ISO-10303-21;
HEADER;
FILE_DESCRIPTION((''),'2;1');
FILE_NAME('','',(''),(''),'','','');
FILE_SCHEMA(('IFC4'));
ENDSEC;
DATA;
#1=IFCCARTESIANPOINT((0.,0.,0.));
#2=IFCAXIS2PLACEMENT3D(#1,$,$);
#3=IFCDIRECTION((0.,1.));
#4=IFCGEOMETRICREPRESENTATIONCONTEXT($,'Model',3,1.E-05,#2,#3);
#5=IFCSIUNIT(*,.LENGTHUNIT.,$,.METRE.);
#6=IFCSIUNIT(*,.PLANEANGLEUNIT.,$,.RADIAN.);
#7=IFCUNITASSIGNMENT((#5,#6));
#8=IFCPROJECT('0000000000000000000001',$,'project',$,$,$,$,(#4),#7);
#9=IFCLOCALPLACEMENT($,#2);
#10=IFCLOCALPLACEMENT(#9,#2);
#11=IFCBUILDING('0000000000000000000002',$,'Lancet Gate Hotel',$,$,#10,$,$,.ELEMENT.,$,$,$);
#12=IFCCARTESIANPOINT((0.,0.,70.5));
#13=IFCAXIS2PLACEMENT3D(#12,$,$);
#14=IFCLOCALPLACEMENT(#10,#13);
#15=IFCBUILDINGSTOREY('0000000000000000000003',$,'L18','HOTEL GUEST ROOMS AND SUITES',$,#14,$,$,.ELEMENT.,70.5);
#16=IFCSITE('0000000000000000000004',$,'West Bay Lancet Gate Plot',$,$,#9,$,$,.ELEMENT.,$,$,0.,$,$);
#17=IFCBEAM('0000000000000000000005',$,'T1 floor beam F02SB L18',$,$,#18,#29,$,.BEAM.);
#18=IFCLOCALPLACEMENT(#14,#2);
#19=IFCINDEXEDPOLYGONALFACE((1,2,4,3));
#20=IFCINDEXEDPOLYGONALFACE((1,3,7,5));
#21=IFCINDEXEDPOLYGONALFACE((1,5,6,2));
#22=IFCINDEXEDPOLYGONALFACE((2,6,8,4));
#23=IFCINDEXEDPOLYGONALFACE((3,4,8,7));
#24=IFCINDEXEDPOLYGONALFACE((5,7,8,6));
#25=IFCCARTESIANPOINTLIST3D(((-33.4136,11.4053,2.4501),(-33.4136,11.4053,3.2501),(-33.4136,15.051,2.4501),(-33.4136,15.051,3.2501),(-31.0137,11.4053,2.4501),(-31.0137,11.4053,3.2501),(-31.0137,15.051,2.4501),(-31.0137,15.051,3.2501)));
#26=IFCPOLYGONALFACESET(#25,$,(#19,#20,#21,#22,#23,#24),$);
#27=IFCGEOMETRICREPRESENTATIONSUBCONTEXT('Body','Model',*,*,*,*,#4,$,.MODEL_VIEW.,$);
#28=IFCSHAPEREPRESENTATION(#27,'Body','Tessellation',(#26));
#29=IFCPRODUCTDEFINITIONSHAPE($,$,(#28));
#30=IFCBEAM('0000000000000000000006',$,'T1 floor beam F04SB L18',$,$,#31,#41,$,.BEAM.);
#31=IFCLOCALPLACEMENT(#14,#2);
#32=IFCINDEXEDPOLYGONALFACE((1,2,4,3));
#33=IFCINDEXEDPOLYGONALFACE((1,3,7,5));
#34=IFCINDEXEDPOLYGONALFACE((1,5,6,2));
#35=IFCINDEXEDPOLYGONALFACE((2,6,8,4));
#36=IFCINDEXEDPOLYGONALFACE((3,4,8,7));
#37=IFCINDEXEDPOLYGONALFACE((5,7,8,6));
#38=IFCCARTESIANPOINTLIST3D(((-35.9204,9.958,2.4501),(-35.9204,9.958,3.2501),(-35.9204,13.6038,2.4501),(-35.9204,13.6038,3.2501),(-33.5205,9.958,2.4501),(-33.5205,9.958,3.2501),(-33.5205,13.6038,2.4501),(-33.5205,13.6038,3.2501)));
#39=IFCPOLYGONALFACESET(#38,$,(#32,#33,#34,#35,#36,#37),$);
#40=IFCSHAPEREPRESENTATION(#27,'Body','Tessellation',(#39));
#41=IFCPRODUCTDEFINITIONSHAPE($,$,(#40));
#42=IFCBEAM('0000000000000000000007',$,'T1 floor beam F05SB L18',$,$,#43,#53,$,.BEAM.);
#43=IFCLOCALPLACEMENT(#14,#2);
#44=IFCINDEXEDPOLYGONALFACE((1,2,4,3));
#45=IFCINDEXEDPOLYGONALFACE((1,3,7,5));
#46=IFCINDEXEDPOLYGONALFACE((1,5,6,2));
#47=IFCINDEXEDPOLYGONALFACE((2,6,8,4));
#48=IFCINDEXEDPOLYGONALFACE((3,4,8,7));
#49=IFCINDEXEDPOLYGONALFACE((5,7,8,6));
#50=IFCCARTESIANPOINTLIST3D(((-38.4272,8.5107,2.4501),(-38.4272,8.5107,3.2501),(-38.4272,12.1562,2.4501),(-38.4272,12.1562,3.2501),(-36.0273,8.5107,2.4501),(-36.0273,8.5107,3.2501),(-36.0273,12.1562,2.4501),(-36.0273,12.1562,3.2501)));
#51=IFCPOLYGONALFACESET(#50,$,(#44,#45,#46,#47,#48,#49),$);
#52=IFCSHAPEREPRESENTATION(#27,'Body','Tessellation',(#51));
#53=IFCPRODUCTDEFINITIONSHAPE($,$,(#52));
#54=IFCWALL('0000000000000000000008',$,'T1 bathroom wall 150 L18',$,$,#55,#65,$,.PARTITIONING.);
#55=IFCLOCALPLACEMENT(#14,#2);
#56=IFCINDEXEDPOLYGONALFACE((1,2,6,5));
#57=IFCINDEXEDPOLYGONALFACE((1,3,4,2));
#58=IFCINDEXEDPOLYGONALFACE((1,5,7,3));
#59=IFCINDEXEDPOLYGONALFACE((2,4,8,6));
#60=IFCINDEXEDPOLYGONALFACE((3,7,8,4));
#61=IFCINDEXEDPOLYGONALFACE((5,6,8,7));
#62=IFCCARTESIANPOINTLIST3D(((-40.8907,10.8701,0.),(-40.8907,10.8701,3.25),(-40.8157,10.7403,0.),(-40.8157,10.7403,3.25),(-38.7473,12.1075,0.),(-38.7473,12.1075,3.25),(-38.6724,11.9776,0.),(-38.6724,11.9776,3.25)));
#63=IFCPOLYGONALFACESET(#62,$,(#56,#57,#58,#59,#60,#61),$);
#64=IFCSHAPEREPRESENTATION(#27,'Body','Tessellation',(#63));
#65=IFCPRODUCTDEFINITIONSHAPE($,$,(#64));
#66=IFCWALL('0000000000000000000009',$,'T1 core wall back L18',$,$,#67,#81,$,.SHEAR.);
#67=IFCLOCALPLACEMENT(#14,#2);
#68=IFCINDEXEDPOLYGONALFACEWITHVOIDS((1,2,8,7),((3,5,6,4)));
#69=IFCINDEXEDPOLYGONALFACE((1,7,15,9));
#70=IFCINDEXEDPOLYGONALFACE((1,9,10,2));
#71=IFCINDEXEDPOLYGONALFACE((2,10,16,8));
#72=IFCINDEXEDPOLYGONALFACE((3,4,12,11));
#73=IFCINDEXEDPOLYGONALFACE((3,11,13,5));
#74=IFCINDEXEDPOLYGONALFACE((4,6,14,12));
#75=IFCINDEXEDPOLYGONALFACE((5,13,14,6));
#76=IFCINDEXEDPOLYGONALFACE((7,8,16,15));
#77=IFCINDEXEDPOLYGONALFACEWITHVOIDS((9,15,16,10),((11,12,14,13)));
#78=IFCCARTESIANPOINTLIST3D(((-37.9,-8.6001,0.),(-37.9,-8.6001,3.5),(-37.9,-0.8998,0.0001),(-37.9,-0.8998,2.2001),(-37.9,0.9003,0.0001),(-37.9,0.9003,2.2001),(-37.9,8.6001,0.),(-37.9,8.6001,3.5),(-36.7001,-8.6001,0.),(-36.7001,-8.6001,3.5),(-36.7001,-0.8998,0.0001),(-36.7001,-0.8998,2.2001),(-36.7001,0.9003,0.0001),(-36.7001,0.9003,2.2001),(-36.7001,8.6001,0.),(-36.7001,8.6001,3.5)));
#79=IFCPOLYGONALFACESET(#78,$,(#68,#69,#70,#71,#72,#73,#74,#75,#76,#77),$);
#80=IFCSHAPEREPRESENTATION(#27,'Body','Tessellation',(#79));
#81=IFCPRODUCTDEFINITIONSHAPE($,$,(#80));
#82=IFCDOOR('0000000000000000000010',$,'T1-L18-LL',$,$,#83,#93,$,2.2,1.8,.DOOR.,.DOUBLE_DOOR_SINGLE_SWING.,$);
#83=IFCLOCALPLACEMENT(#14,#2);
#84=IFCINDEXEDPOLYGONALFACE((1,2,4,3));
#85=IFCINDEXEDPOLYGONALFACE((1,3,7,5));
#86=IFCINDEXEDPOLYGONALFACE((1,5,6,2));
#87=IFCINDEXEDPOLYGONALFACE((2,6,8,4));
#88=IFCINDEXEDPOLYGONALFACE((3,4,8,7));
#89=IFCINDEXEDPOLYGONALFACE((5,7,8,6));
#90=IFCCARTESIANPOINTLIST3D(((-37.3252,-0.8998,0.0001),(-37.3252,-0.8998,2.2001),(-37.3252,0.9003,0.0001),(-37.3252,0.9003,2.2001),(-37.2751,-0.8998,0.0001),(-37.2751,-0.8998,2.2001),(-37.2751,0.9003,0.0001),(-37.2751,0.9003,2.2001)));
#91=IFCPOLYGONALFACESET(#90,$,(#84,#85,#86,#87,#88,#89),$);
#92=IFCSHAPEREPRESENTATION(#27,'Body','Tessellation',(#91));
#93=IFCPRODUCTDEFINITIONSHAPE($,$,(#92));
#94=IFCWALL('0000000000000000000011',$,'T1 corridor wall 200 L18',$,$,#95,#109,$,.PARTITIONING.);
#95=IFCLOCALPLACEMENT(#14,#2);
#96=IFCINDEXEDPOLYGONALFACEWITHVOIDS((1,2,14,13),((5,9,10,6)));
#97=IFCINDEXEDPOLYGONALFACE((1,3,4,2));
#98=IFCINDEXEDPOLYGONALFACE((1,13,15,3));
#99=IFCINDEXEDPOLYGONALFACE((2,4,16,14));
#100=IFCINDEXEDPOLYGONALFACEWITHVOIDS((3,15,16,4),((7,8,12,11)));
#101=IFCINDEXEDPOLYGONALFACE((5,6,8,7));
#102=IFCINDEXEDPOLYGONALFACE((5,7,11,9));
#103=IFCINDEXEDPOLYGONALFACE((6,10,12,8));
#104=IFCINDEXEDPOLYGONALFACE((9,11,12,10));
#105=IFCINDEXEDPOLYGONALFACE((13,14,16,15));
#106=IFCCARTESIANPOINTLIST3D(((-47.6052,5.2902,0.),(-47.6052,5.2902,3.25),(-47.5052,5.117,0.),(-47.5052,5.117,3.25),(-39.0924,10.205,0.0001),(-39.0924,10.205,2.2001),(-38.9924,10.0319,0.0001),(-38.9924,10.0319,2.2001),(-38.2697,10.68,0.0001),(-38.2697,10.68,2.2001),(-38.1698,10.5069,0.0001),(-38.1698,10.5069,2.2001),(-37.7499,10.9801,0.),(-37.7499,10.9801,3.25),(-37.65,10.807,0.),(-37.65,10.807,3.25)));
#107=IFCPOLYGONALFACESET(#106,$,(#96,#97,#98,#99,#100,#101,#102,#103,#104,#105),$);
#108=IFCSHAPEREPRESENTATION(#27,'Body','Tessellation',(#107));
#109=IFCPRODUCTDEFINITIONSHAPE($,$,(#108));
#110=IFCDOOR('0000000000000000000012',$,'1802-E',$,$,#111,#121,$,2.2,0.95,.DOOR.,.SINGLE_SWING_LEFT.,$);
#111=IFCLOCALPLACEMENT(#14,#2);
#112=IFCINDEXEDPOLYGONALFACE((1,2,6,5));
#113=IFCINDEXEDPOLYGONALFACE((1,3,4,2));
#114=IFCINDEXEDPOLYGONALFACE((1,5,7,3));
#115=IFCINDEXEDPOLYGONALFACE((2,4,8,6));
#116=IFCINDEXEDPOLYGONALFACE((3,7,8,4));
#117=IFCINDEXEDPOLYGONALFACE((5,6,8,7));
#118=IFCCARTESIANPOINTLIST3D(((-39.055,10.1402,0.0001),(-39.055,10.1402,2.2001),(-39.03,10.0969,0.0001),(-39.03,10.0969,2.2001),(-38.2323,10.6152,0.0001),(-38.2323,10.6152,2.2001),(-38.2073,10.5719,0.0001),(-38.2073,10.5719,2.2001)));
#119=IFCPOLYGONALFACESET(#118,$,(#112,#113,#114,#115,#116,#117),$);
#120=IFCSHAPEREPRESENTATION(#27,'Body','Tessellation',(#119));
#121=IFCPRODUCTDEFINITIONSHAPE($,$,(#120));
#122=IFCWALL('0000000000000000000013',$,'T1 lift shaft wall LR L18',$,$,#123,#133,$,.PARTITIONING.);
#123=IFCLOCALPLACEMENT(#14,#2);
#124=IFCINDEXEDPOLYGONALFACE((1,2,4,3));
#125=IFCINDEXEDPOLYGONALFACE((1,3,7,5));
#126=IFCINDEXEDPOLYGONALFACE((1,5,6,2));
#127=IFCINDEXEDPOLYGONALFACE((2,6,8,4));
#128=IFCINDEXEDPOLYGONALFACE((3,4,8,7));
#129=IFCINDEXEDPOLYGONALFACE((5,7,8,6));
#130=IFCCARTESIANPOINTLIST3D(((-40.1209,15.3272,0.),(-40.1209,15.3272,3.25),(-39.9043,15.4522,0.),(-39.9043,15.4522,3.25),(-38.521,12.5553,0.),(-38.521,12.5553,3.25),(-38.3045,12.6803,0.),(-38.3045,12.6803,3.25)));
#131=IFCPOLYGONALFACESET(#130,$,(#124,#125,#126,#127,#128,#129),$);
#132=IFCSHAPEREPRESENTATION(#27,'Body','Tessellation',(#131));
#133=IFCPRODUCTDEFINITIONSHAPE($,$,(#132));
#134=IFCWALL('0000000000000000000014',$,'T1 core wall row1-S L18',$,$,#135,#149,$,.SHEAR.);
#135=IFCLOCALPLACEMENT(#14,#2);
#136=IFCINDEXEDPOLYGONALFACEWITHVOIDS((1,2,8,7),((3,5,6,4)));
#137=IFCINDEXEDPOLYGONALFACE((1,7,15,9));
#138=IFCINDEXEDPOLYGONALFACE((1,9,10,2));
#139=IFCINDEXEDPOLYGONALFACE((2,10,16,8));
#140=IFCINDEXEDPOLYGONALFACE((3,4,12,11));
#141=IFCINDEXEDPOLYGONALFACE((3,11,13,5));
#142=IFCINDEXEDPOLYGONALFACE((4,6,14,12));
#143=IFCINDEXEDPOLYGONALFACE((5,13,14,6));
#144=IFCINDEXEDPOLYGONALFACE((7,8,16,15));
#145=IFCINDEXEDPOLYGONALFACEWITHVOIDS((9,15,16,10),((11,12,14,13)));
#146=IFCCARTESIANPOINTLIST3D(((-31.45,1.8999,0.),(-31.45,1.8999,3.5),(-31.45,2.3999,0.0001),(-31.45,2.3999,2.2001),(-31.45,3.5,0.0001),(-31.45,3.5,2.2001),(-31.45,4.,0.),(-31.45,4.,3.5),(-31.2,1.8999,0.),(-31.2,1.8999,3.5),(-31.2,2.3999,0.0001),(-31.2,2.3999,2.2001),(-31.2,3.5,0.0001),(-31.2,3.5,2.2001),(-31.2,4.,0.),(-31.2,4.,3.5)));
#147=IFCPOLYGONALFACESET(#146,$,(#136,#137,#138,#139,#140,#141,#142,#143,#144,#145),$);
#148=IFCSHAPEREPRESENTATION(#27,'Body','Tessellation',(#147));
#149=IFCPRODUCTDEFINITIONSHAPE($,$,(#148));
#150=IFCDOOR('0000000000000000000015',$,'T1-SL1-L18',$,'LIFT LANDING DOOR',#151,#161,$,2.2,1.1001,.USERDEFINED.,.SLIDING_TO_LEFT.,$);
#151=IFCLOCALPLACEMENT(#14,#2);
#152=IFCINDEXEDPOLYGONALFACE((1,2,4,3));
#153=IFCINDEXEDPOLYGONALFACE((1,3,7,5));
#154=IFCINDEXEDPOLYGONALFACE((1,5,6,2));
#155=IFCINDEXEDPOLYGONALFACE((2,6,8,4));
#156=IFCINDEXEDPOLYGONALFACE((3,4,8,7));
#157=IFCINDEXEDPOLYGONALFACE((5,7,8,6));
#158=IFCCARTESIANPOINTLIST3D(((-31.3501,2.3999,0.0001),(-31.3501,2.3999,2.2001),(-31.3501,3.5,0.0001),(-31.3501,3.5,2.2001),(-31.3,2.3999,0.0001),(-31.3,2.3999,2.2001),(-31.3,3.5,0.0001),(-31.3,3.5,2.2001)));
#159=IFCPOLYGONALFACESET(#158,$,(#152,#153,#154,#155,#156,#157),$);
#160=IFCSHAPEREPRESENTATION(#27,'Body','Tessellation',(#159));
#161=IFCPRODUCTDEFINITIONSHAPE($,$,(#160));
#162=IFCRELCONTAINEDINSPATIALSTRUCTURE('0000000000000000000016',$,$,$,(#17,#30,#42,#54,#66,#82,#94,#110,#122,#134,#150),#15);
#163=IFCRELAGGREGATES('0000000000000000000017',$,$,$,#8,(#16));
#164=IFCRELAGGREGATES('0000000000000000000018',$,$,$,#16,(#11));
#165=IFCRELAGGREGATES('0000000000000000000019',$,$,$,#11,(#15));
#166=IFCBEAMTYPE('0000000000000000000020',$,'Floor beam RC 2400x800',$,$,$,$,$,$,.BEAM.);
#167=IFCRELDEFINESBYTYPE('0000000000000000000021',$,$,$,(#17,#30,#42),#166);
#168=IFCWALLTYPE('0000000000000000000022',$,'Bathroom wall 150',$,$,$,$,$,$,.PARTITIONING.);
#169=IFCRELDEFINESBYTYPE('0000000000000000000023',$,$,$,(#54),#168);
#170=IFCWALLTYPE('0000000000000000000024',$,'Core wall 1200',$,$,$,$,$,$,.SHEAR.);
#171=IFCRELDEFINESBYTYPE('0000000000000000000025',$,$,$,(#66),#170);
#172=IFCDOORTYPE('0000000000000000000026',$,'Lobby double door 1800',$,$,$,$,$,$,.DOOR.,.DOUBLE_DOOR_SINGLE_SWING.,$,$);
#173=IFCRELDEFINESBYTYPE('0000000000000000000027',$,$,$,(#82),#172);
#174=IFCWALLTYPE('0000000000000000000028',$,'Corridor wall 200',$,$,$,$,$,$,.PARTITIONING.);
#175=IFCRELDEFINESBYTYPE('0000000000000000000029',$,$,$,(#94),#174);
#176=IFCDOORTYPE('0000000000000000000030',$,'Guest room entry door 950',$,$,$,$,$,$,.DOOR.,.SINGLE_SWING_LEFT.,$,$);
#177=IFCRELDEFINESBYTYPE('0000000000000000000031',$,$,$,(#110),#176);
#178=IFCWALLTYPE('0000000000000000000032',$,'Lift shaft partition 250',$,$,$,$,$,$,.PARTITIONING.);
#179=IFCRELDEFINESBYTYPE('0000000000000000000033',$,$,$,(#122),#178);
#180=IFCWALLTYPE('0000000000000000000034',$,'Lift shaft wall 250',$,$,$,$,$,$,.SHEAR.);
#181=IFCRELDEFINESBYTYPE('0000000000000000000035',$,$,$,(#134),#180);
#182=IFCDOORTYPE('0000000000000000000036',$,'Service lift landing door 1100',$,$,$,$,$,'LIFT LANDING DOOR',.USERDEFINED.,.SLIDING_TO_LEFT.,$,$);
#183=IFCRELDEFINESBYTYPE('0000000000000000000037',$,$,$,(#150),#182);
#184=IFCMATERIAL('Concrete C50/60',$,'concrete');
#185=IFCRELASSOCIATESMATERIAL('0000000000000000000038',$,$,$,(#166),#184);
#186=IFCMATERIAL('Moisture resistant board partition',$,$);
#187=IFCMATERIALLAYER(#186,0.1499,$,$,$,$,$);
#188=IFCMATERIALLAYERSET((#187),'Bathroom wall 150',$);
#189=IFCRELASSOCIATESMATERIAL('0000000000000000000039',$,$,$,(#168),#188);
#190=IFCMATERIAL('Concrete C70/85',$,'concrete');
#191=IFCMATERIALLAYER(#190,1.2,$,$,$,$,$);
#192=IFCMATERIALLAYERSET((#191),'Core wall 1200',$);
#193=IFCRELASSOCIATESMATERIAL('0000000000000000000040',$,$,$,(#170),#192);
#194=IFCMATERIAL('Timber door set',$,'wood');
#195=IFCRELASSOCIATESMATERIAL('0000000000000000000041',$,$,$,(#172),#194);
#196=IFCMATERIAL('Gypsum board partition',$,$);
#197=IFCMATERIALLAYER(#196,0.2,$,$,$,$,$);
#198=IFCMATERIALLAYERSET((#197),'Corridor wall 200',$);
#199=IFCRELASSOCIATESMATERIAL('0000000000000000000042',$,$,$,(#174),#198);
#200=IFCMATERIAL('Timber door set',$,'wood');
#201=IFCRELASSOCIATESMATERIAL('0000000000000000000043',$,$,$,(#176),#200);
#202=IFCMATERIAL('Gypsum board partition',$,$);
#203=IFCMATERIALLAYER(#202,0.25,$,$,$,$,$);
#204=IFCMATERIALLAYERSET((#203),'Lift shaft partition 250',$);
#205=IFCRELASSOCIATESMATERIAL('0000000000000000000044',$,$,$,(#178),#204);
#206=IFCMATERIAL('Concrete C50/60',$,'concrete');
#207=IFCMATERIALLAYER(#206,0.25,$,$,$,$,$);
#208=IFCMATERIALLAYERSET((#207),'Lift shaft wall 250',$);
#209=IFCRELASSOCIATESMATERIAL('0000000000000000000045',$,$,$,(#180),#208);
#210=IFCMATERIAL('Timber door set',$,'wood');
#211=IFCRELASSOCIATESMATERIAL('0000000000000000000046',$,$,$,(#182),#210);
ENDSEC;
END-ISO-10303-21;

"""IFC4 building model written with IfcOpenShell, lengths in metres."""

from ifc_helpers import new_model, si_unit, direction, frame, frame_2d, origin, origin_2d, place, context, subcontext, project, spatial, rectangle, extrude, material, layer, layer_set, material_profile, profile_set, type_object, element, fill, save


model = new_model("IFC4")

# Units and contexts
model_context = context("Model", 3, precision=1e-05, world=origin(), true_north=direction((0.0, 1.0)))
body_context = subcontext(model_context, "Body", "Model", "MODEL_VIEW")
ifc_project = project(units=[si_unit("LENGTHUNIT", "METRE"), si_unit("PLANEANGLEUNIT", "RADIAN")], contexts=[model_context])

# Site, building, storey
site_placement = place(None, origin())
site = spatial("IfcSite", under=ifc_project, at=site_placement, Name="West Bay Lancet Gate Plot", CompositionType="ELEMENT", RefElevation=0.0)
building_placement = place(site_placement, origin())
building = spatial("IfcBuilding", under=site, at=building_placement, Name="Lancet Gate Hotel", CompositionType="ELEMENT")
storey_placement = place(building_placement, frame((0.0, 0.0, 70.5)))
storey = spatial("IfcBuildingStorey", under=building, at=storey_placement, Name="L18", Description="HOTEL GUEST ROOMS AND SUITES", CompositionType="ELEMENT", Elevation=70.5)

# Beams
ifc_material_1 = material(Name="Concrete C50/60", Category="concrete")
ifc_material_profile = material_profile(ifc_material_1, rectangle(XDim=2.3999, YDim=0.8, at=origin_2d()), Name="RC 2400x800")
ifc_profile_set = profile_set([ifc_material_profile], Name="Concrete C50/60")
beam_type = type_object("IfcBeamType", Name="Floor beam RC 2400x800", PredefinedType="BEAM", material=ifc_profile_set)
for number, where, z_axis, x_axis, name in (
    (1, (-32.2136, 15.051, 2.8501), (0.0, -1.0, 0.0), (1.0, 0.0, 0.0), "T1 floor beam F02SB L18"),
    (2, (-34.7205, 13.6038, 2.8501), (0.0, -1.0, 0.0), (1.0, 0.0, 0.0), "T1 floor beam F04SB L18"),
):
    element("IfcBeam", number, at=place(storey_placement, frame(where, z_axis=z_axis, x_axis=x_axis)), inside=storey, type_object=beam_type, Name=name, PredefinedType="BEAM", context=body_context, shape_type="SweptSolid", body=[
        extrude(rectangle(XDim=2.3999, YDim=0.8, at=origin_2d()), origin(), (0.0, 0.0, 1.0), 3.6458),
    ])
beam_placement = place(storey_placement, frame((-37.2273, 12.1562, 2.8501), z_axis=(0.0, -1.0, 0.0), x_axis=(1.0, 0.0, 0.0)))
element("IfcBeam", 3, at=beam_placement, inside=storey, type_object=beam_type, Name="T1 floor beam F05SB L18", PredefinedType="BEAM", context=body_context, shape_type="SweptSolid", body=[
    extrude(rectangle(XDim=2.3999, YDim=0.8, at=origin_2d()), origin(), (0.0, 0.0, 1.0), 3.6455),
])

# Wall
ifc_material_2 = material(Name="Moisture resistant board partition")
ifc_layer_1 = layer(ifc_material_2, 0.1499)
ifc_layer_set_1 = layer_set([ifc_layer_1], Name="Bathroom wall 150")
wall_type_1 = type_object("IfcWallType", Name="Bathroom wall 150", PredefinedType="PARTITIONING", material=ifc_layer_set_1)
wall_1_placement = place(storey_placement, frame((-38.71, 12.0425, 0.0), z_axis=(0.0, 0.0, 1.0), x_axis=(-0.866049, -0.499959, 0.0)))
element("IfcWall", 4, at=wall_1_placement, inside=storey, type_object=wall_type_1, Name="T1 bathroom wall 150 L18", PredefinedType="PARTITIONING", context=body_context, shape_type="SweptSolid", body=[
    extrude(rectangle(XDim=2.4749, YDim=0.1499, at=frame_2d((1.2373, 0.0))), origin(), (0.0, 0.0, 1.0), 3.25),
])

# Walls, openings, doors
ifc_material_3 = material(Name="Concrete C70/85", Category="concrete")
ifc_layer_2 = layer(ifc_material_3, 1.2)
ifc_layer_set_2 = layer_set([ifc_layer_2], Name="Core wall 1200")
wall_type_2 = type_object("IfcWallType", Name="Core wall 1200", PredefinedType="SHEAR", material=ifc_layer_set_2)
wall_2_placement = place(storey_placement, frame((-37.3, 8.6001, 0.0), z_axis=(0.0, 0.0, 1.0), x_axis=(0.0, -1.0, 0.0)))
wall_2 = element("IfcWall", 5, at=wall_2_placement, inside=storey, type_object=wall_type_2, Name="T1 core wall back L18", PredefinedType="SHEAR", context=body_context, shape_type="SweptSolid", body=[
    extrude(rectangle(XDim=17.2002, YDim=1.2, at=frame_2d((8.6001, 0.0))), origin(), (0.0, 0.0, 1.0), 3.5),
])
opening_1_placement = place(wall_2_placement, frame((7.7, 0.0, 0.0)))
opening_1 = element("IfcOpeningElement", 6, at=opening_1_placement, cuts=wall_2, PredefinedType="OPENING", context=body_context, shape_type="SweptSolid", body=[
    extrude(rectangle(XDim=1.8, YDim=2.2, at=frame_2d((0.8999, 1.1001))), frame((0.0, 0.6099, 0.0), z_axis=(0.0, -1.0, 0.0), x_axis=(1.0, 0.0, 0.0)), (0.0, 0.0, 1.0), 1.22),
])
ifc_material_4 = material(Name="Timber door set", Category="wood")
door_type_1 = type_object("IfcDoorType", Name="Lobby double door 1800", OperationType="DOUBLE_DOOR_SINGLE_SWING", PredefinedType="DOOR", material=ifc_material_4)
door_1_placement = place(opening_1_placement, origin())
door_1 = element("IfcDoor", 7, at=door_1_placement, inside=storey, type_object=door_type_1, Name="T1-L18-LL", OperationType="DOUBLE_DOOR_SINGLE_SWING", OverallHeight=2.2, OverallWidth=1.8, PredefinedType="DOOR", context=body_context, shape_type="SweptSolid", body=[
    extrude(rectangle(XDim=1.8, YDim=2.2, at=frame_2d((0.8999, 1.1001))), frame((0.0, 0.0249, 0.0), z_axis=(0.0, -1.0, 0.0), x_axis=(1.0, 0.0, 0.0)), (0.0, 0.0, 1.0), 0.05),
])
fill(opening_1, door_1)
ifc_material_5 = material(Name="Gypsum board partition")
ifc_layer_3 = layer(ifc_material_5, 0.2)
ifc_layer_set_3 = layer_set([ifc_layer_3], Name="Corridor wall 200")
wall_type_3 = type_object("IfcWallType", Name="Corridor wall 200", PredefinedType="PARTITIONING", material=ifc_layer_set_3)
wall_3_placement = place(storey_placement, frame((-37.7, 10.8936, 0.0), z_axis=(0.0, 0.0, 1.0), x_axis=(-0.866024, -0.500002, 0.0)))
wall_3 = element("IfcWall", 8, at=wall_3_placement, inside=storey, type_object=wall_type_3, Name="T1 corridor wall 200 L18", PredefinedType="PARTITIONING", context=body_context, shape_type="SweptSolid", body=[
    extrude(rectangle(XDim=11.3799, YDim=0.2, at=frame_2d((5.6899, 0.0))), origin(), (0.0, 0.0, 1.0), 3.25),
])
opening_2_placement = place(wall_3_placement, frame((0.6001, 0.0, 0.0)))
opening_2 = element("IfcOpeningElement", 9, at=opening_2_placement, cuts=wall_3, PredefinedType="OPENING", context=body_context, shape_type="SweptSolid", body=[
    extrude(rectangle(XDim=0.95, YDim=2.2, at=frame_2d((0.4751, 1.1001))), frame((0.0, 0.1099, 0.0), z_axis=(0.0, -1.0, 0.0), x_axis=(1.0, 0.0, 0.0)), (0.0, 0.0, 1.0), 0.22),
])
ifc_material_6 = material(Name="Timber door set", Category="wood")
door_type_2 = type_object("IfcDoorType", Name="Guest room entry door 950", OperationType="SINGLE_SWING_LEFT", PredefinedType="DOOR", material=ifc_material_6)
door_2_placement = place(opening_2_placement, origin())
door_2 = element("IfcDoor", 10, at=door_2_placement, inside=storey, type_object=door_type_2, Name="1802-E", OperationType="SINGLE_SWING_LEFT", OverallHeight=2.2, OverallWidth=0.95, PredefinedType="DOOR", context=body_context, shape_type="SweptSolid", body=[
    extrude(rectangle(XDim=0.95, YDim=2.2, at=frame_2d((0.4751, 1.1001))), frame((0.0, 0.0249, 0.0), z_axis=(0.0, -1.0, 0.0), x_axis=(1.0, 0.0, 0.0)), (0.0, 0.0, 1.0), 0.05),
])
fill(opening_2, door_2)

# Wall
ifc_material_7 = material(Name="Gypsum board partition")
ifc_layer_4 = layer(ifc_material_7, 0.25)
ifc_layer_set_4 = layer_set([ifc_layer_4], Name="Lift shaft partition 250")
wall_type_4 = type_object("IfcWallType", Name="Lift shaft partition 250", PredefinedType="PARTITIONING", material=ifc_layer_set_4)
wall_4_placement = place(storey_placement, frame((-38.4128, 12.6179, 0.0), z_axis=(0.0, 0.0, 1.0), x_axis=(-0.499872, 0.866099, 0.0)))
element("IfcWall", 11, at=wall_4_placement, inside=storey, type_object=wall_type_4, Name="T1 lift shaft wall LR L18", PredefinedType="PARTITIONING", context=body_context, shape_type="SweptSolid", body=[
    extrude(rectangle(XDim=3.2004, YDim=0.25, at=frame_2d((1.6001, 0.0))), origin(), (0.0, 0.0, 1.0), 3.25),
])

# Wall, opening, door
ifc_material_8 = material(Name="Concrete C50/60", Category="concrete")
ifc_layer_5 = layer(ifc_material_8, 0.25)
ifc_layer_set_5 = layer_set([ifc_layer_5], Name="Lift shaft wall 250")
wall_type_5 = type_object("IfcWallType", Name="Lift shaft wall 250", PredefinedType="SHEAR", material=ifc_layer_set_5)
wall_5_placement = place(storey_placement, frame((-31.325, 4.0, 0.0), z_axis=(0.0, 0.0, 1.0), x_axis=(0.0, -1.0, 0.0)))
wall_5 = element("IfcWall", 12, at=wall_5_placement, inside=storey, type_object=wall_type_5, Name="T1 core wall row1-S L18", PredefinedType="SHEAR", context=body_context, shape_type="SweptSolid", body=[
    extrude(rectangle(XDim=2.1001, YDim=0.25, at=frame_2d((1.05, 0.0))), origin(), (0.0, 0.0, 1.0), 3.5),
])
opening_3_placement = place(wall_5_placement, frame((0.5, 0.0, 0.0)))
opening_3 = element("IfcOpeningElement", 13, at=opening_3_placement, cuts=wall_5, PredefinedType="OPENING", context=body_context, shape_type="SweptSolid", body=[
    extrude(rectangle(XDim=1.1001, YDim=2.2, at=frame_2d((0.55, 1.1001))), frame((0.0, 0.135, 0.0), z_axis=(0.0, -1.0, 0.0), x_axis=(1.0, 0.0, 0.0)), (0.0, 0.0, 1.0), 0.27),
])
ifc_material_9 = material(Name="Timber door set", Category="wood")
door_type_3 = type_object("IfcDoorType", Name="Service lift landing door 1100", ElementType="LIFT LANDING DOOR", OperationType="SLIDING_TO_LEFT", PredefinedType="USERDEFINED", material=ifc_material_9)
door_3_placement = place(opening_3_placement, origin())
door_3 = element("IfcDoor", 14, at=door_3_placement, inside=storey, type_object=door_type_3, Name="T1-SL1-L18", ObjectType="LIFT LANDING DOOR", OperationType="SLIDING_TO_LEFT", OverallHeight=2.2, OverallWidth=1.1001, PredefinedType="USERDEFINED", context=body_context, shape_type="SweptSolid", body=[
    extrude(rectangle(XDim=1.1001, YDim=2.2, at=frame_2d((0.55, 1.1001))), frame((0.0, 0.0249, 0.0), z_axis=(0.0, -1.0, 0.0), x_axis=(1.0, 0.0, 0.0)), (0.0, 0.0, 1.0), 0.05),
])
fill(opening_3, door_3)

save(model, "model.ifc")
